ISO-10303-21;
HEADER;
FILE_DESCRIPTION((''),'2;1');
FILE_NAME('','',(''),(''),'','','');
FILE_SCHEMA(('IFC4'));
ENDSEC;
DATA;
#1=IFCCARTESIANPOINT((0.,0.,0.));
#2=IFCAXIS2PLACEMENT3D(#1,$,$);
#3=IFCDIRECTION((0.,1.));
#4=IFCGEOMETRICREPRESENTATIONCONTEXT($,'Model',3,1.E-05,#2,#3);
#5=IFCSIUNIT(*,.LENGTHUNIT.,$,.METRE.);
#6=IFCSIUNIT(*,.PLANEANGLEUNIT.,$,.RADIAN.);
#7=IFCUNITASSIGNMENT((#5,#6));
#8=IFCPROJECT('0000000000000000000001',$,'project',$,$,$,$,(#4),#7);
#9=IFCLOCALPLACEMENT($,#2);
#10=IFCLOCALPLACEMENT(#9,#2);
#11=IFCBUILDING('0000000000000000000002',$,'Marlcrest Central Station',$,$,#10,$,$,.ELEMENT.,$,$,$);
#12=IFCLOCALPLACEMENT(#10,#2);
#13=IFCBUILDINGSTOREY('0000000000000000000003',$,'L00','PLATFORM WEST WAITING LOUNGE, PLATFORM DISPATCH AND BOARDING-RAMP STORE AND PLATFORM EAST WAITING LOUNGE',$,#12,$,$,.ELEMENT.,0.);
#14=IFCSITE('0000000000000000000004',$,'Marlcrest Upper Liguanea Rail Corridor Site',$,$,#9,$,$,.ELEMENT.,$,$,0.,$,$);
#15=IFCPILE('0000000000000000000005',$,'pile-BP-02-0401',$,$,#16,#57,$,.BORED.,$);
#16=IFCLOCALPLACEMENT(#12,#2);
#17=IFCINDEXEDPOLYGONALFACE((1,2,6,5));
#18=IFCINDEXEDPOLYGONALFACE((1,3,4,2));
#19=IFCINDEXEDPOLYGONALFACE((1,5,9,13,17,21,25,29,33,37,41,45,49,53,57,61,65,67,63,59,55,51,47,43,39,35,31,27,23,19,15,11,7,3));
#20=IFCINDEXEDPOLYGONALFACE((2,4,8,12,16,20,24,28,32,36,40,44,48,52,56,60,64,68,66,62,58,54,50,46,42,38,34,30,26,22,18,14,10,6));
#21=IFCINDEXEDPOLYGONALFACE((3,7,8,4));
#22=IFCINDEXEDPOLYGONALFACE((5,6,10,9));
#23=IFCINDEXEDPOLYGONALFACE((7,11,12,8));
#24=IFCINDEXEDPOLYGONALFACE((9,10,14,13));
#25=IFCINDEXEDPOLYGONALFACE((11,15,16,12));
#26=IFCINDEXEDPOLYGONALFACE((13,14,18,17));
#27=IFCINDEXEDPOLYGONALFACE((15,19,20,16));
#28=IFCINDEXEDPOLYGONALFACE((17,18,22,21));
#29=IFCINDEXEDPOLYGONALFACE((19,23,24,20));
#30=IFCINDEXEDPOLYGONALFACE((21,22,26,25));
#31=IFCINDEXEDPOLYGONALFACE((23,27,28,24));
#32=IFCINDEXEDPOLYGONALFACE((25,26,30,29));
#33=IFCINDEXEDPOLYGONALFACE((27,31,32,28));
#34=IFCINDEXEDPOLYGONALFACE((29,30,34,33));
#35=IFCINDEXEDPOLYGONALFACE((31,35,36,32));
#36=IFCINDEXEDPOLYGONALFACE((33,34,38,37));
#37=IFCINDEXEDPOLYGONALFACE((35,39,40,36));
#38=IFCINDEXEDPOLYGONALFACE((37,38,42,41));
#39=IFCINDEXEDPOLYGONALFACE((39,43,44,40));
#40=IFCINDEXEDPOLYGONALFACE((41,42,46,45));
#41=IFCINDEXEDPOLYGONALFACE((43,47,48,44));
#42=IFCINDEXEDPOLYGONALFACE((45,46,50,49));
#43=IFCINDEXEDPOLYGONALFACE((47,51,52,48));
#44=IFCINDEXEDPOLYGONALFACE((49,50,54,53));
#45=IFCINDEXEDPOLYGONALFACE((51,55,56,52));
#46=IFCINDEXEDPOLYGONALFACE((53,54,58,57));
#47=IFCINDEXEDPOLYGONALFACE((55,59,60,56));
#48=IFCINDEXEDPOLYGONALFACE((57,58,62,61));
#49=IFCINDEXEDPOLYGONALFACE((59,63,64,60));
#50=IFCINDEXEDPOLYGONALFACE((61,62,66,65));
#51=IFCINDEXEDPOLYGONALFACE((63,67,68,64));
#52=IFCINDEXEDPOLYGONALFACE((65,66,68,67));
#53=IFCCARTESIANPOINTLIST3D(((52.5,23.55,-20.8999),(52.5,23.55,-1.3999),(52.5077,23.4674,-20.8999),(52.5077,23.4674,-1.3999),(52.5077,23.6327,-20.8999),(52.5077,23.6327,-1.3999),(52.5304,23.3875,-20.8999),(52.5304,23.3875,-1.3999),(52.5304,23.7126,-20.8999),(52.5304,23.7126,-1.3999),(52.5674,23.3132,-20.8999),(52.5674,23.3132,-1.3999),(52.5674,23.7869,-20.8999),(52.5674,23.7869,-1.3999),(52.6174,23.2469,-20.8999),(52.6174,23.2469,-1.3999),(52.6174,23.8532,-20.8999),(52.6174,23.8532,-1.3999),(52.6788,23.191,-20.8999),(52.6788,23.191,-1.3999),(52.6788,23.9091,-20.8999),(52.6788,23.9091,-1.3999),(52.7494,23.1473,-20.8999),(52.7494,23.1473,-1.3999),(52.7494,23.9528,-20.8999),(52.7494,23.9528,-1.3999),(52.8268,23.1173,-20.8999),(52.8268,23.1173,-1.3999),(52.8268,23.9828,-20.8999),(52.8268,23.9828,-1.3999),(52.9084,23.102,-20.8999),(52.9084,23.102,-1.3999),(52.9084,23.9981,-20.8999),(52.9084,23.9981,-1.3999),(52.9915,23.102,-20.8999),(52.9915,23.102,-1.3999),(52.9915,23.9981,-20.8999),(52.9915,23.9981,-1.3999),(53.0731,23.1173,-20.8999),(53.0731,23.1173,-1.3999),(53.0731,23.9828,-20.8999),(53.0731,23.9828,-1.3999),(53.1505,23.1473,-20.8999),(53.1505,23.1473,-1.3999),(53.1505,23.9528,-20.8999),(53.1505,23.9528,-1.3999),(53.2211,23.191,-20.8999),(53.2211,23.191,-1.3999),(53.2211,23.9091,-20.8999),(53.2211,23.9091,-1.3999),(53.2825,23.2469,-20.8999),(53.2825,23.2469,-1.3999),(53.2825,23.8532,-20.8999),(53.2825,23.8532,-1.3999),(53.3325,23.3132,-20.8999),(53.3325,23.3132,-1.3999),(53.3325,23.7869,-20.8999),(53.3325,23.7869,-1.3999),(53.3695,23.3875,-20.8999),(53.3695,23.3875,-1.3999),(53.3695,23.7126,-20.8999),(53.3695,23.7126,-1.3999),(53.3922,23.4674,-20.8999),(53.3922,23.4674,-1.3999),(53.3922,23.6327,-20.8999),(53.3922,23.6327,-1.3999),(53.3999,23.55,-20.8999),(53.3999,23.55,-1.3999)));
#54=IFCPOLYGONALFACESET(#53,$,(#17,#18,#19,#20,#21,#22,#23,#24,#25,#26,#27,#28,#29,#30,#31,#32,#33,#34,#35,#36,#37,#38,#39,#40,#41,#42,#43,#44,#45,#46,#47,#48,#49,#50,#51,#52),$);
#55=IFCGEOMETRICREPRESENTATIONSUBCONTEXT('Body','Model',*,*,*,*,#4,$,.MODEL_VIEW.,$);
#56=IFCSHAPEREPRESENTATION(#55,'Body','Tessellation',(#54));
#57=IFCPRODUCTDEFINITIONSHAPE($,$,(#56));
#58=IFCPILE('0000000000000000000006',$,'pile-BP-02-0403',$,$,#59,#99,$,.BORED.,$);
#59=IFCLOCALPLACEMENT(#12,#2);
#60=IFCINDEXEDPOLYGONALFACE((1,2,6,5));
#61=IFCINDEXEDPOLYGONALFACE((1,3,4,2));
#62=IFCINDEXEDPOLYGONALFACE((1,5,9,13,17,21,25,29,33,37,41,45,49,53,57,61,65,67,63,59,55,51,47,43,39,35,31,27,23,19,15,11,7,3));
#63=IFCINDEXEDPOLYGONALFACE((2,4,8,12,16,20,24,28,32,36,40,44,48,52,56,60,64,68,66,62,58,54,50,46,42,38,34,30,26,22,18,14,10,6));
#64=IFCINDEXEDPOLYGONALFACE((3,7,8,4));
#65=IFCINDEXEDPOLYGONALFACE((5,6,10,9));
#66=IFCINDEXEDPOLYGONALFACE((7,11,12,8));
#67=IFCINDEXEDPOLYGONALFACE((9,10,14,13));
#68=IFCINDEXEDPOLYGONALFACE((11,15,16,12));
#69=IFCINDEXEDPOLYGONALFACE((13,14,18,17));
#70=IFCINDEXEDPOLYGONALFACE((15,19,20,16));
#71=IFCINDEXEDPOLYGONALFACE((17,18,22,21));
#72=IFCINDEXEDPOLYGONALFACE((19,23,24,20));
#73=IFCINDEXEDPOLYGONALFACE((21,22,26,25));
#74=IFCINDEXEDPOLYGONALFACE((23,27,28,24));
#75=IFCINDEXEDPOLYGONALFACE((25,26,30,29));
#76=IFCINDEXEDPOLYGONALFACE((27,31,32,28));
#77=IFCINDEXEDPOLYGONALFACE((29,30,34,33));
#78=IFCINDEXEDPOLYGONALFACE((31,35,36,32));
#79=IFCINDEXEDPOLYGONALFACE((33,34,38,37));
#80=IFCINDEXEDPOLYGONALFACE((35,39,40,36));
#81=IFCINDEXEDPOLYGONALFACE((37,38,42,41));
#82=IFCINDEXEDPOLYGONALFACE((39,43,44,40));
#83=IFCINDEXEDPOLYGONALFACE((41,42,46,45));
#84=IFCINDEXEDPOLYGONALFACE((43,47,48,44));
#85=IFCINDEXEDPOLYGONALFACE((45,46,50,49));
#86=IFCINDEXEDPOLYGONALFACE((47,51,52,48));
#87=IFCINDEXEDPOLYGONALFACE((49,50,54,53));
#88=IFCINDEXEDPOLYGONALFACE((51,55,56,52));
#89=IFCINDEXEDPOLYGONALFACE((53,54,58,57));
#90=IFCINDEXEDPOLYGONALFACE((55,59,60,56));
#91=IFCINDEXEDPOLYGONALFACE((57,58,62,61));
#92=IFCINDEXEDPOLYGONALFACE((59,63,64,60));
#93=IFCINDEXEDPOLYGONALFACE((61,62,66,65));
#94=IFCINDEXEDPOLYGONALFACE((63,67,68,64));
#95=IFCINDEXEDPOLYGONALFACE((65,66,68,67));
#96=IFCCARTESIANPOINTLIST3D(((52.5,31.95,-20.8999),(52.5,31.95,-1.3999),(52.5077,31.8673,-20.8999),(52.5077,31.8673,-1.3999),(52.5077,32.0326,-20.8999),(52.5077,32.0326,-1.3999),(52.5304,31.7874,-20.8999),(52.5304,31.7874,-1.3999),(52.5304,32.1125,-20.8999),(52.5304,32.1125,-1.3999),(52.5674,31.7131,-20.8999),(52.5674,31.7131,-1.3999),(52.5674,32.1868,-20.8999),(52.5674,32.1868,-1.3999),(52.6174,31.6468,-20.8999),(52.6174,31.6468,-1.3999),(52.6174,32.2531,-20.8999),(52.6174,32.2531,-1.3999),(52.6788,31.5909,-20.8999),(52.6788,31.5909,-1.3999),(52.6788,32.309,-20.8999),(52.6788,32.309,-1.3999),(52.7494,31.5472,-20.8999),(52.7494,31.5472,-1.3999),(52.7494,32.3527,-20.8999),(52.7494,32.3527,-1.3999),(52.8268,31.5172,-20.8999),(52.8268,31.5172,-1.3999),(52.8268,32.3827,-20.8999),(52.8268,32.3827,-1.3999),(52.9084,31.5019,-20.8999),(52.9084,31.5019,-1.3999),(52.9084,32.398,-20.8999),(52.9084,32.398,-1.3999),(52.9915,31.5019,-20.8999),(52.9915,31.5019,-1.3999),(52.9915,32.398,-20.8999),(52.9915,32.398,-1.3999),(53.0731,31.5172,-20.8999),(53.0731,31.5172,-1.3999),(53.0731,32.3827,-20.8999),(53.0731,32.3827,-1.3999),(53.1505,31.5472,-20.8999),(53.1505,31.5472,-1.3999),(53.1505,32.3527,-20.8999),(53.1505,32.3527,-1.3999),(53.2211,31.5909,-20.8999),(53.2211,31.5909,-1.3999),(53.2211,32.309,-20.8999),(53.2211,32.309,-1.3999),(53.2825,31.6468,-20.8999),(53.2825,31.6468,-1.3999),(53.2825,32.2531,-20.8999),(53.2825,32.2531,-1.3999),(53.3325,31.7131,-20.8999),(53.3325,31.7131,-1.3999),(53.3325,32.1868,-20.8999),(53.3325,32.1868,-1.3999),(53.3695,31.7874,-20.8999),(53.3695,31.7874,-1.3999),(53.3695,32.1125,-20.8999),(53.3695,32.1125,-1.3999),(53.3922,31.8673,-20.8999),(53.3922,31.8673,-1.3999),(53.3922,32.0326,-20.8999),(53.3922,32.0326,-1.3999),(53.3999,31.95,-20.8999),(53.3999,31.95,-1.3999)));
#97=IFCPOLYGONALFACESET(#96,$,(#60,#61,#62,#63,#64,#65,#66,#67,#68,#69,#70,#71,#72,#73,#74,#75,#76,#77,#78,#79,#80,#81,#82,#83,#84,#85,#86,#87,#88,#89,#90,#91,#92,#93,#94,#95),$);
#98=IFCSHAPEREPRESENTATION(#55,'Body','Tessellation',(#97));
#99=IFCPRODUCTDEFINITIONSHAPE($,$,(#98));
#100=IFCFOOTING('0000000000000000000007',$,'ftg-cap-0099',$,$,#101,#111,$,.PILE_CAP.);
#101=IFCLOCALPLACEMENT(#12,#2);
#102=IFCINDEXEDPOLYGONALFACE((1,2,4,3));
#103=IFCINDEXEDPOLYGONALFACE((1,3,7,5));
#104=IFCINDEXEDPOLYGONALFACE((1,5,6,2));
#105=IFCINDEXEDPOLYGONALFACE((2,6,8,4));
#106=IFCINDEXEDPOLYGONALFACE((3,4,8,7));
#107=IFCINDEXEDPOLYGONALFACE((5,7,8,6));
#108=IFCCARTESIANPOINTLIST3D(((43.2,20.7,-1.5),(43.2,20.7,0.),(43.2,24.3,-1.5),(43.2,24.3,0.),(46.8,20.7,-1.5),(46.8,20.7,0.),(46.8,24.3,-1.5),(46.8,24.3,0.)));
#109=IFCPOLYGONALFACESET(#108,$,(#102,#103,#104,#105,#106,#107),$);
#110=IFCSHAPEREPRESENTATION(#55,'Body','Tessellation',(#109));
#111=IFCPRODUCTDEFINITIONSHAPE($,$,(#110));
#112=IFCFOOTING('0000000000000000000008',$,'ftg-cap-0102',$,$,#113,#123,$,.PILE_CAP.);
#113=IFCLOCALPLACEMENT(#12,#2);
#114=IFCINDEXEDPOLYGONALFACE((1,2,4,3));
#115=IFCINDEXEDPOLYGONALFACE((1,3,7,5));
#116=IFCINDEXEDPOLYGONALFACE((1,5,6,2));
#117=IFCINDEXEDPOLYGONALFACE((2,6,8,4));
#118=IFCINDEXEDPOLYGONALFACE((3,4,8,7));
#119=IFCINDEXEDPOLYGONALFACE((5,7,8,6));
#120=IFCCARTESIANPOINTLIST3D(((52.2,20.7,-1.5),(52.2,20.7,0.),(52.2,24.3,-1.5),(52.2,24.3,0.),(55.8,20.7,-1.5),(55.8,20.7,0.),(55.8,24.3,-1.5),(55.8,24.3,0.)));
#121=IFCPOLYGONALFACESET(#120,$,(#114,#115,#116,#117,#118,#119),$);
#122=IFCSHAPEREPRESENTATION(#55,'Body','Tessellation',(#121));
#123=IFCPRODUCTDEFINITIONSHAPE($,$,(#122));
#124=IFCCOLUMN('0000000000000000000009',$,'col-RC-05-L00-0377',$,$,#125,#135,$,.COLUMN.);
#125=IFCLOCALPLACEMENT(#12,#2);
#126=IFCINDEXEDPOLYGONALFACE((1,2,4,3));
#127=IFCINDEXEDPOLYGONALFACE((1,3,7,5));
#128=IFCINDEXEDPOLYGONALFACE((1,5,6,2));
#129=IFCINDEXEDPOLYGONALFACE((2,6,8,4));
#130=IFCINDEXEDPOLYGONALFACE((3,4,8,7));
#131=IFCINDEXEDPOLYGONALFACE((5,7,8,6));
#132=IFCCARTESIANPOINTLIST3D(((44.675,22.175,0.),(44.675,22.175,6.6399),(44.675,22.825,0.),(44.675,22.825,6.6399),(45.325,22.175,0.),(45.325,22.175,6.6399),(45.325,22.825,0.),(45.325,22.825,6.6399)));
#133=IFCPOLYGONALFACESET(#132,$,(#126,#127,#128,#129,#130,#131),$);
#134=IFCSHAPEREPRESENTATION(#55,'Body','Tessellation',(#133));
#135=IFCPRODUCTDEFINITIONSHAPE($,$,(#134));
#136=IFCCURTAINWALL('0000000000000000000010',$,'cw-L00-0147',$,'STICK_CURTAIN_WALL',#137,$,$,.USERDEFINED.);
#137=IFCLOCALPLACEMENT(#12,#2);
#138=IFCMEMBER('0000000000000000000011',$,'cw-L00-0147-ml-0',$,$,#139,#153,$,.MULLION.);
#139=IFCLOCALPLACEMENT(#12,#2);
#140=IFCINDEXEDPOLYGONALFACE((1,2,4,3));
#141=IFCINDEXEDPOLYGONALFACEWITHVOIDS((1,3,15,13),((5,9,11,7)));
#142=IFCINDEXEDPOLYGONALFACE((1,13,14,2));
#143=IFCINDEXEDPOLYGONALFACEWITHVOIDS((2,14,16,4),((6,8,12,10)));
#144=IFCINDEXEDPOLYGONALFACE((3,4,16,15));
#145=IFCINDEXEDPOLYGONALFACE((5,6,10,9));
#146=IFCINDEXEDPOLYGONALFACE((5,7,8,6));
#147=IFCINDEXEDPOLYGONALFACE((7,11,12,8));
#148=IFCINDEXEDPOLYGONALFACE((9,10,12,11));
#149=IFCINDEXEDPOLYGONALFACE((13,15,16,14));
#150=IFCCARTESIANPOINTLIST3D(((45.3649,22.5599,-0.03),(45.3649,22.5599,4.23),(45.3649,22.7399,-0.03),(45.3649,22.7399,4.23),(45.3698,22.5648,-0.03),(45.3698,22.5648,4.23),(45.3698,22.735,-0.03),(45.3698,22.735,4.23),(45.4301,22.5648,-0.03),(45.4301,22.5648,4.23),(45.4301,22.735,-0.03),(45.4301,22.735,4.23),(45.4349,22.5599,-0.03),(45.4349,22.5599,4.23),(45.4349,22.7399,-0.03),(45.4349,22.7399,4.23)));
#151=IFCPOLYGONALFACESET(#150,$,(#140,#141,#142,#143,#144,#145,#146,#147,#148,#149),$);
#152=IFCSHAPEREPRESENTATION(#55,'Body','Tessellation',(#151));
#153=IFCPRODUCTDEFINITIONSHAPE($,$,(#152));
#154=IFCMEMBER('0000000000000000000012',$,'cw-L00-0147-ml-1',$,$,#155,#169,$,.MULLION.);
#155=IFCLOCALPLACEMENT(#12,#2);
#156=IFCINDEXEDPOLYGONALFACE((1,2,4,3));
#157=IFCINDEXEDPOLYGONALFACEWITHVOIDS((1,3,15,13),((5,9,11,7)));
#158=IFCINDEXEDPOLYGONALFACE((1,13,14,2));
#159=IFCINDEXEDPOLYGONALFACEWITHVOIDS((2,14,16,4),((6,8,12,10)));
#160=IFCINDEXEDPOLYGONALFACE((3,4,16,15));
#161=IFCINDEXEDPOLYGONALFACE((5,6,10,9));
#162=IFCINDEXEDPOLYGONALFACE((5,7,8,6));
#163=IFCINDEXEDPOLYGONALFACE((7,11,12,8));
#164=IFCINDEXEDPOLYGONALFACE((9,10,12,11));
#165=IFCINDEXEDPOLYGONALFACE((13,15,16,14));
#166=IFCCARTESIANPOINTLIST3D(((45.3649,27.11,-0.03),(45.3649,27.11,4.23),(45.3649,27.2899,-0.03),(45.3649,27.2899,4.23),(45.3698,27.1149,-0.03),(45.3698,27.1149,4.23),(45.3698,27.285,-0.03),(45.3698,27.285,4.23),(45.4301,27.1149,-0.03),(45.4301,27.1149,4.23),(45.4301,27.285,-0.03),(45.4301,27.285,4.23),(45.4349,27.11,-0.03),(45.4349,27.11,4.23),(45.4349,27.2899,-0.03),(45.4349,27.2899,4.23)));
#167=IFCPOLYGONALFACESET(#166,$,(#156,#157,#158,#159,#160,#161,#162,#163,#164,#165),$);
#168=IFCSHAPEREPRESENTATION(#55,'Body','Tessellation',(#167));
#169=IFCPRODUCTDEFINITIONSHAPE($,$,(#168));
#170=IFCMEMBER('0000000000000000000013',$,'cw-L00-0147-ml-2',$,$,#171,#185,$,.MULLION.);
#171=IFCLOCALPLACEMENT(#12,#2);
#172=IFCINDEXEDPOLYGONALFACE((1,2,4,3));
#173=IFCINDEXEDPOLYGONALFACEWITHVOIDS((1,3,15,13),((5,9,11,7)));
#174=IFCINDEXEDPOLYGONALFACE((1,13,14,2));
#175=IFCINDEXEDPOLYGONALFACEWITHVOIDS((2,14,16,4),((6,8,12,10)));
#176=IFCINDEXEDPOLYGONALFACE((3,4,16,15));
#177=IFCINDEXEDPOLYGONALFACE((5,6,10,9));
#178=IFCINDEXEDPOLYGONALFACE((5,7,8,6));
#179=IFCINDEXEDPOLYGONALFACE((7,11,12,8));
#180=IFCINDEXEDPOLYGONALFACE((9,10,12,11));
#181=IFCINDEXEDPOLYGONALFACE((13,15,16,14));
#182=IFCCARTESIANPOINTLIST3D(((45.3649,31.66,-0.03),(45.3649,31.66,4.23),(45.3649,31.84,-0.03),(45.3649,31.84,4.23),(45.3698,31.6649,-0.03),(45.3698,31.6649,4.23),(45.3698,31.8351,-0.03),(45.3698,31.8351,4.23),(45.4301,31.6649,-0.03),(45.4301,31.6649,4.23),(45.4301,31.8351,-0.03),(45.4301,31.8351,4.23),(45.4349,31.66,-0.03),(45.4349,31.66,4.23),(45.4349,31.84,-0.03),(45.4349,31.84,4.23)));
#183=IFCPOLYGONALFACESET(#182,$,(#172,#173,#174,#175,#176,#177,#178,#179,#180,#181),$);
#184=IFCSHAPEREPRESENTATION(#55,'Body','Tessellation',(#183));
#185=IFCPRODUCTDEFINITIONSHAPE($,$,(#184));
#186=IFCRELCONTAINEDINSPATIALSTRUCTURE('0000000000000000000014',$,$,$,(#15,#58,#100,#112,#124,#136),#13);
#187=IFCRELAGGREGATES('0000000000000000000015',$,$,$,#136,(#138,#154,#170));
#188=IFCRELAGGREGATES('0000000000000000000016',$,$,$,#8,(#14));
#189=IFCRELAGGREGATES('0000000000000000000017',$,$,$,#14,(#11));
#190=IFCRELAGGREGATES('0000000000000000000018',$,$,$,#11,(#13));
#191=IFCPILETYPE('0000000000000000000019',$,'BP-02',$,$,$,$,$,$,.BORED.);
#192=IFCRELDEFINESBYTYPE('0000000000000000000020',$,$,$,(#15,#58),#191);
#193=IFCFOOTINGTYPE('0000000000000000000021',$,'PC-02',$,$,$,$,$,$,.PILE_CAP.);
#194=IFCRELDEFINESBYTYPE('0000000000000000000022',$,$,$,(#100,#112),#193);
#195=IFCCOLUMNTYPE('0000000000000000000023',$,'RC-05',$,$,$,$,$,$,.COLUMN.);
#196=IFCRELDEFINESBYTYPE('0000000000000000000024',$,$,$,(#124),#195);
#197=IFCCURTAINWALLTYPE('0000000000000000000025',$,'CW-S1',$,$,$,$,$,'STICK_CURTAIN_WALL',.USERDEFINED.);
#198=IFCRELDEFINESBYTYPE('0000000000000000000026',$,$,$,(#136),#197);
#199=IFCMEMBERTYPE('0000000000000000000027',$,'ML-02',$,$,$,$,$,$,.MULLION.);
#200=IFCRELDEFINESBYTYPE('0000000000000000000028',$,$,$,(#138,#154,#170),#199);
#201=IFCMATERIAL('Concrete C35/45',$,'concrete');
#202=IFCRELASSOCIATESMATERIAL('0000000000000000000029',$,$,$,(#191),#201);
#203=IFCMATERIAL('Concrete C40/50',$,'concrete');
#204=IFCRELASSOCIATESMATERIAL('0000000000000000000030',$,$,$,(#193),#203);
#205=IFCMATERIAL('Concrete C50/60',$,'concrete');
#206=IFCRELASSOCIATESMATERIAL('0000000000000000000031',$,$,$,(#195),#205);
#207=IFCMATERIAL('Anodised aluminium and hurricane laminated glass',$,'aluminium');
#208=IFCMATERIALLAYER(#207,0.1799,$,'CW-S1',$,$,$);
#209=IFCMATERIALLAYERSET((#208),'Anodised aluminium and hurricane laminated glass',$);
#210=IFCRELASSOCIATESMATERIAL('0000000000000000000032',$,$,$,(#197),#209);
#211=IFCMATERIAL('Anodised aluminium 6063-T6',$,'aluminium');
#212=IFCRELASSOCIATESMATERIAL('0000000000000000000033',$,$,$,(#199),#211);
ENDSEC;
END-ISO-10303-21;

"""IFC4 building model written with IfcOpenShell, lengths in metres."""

from ifc_helpers import new_model, si_unit, direction, frame, origin, origin_2d, place, context, subcontext, project, spatial, rectangle, hollow_rectangle, circle, extrude, material, layer, layer_set, material_profile, profile_set, type_object, element, aggregate, save


model = new_model("IFC4")

# Units and contexts
model_context = context("Model", 3, precision=1e-05, world=origin(), true_north=direction((0.0, 1.0)))
body_context = subcontext(model_context, "Body", "Model", "MODEL_VIEW")
ifc_project = project(units=[si_unit("LENGTHUNIT", "METRE"), si_unit("PLANEANGLEUNIT", "RADIAN")], contexts=[model_context])

# Site, building, storey
site_placement = place(None, origin())
site = spatial("IfcSite", under=ifc_project, at=site_placement, Name="Marlcrest Upper Liguanea Rail Corridor Site", CompositionType="ELEMENT", RefElevation=0.0)
building_placement = place(site_placement, origin())
building = spatial("IfcBuilding", under=site, at=building_placement, Name="Marlcrest Central Station", CompositionType="ELEMENT")
storey_placement = place(building_placement, origin())
storey = spatial("IfcBuildingStorey", under=building, at=storey_placement, Name="L00", Description="PLATFORM WEST WAITING LOUNGE, PLATFORM DISPATCH AND BOARDING-RAMP STORE AND PLATFORM EAST WAITING LOUNGE", CompositionType="ELEMENT", Elevation=0.0)

# Piles
ifc_material_1 = material(Name="Concrete C35/45", Category="concrete")
ifc_material_profile_1 = material_profile(ifc_material_1, circle(Radius=0.45, at=origin_2d()), Name="PILE D900")
ifc_profile_set_1 = profile_set([ifc_material_profile_1], Name="Concrete C35/45")
pile_type = type_object("IfcPileType", Name="BP-02", PredefinedType="BORED", material=ifc_profile_set_1)
for number, where, z_axis, x_axis, name in (
    (1, (52.95, 23.55, -1.3999), (0.0, 0.0, -1.0), (1.0, 0.0, 0.0), "pile-BP-02-0401"),
    (2, (52.95, 31.95, -1.3999), (0.0, 0.0, -1.0), (1.0, 0.0, 0.0), "pile-BP-02-0403"),
):
    element("IfcPile", number, at=place(storey_placement, frame(where, z_axis=z_axis, x_axis=x_axis)), inside=storey, type_object=pile_type, Name=name, PredefinedType="BORED", context=body_context, shape_type="SweptSolid", body=[
        extrude(circle(Radius=0.45, at=origin_2d()), origin(), (0.0, 0.0, 1.0), 19.5),
    ])

# Footings
ifc_material_2 = material(Name="Concrete C40/50", Category="concrete")
footing_type = type_object("IfcFootingType", Name="PC-02", PredefinedType="PILE_CAP", material=ifc_material_2)
for number, where, z_axis, x_axis, name in (
    (3, (45.0, 22.5, -1.5), (0.0, 0.0, 1.0), (1.0, 0.0, 0.0), "ftg-cap-0099"),
    (4, (54.0, 22.5, -1.5), (0.0, 0.0, 1.0), (1.0, 0.0, 0.0), "ftg-cap-0102"),
):
    element("IfcFooting", number, at=place(storey_placement, frame(where, z_axis=z_axis, x_axis=x_axis)), inside=storey, type_object=footing_type, Name=name, PredefinedType="PILE_CAP", context=body_context, shape_type="SweptSolid", body=[
        extrude(rectangle(XDim=3.6001, YDim=3.6001, at=origin_2d()), origin(), (0.0, 0.0, 1.0), 1.5),
    ])

# Column
ifc_material_3 = material(Name="Concrete C50/60", Category="concrete")
ifc_material_profile_2 = material_profile(ifc_material_3, rectangle(XDim=0.6499, YDim=0.6499, at=origin_2d()), Name="RC 650x650")
ifc_profile_set_2 = profile_set([ifc_material_profile_2], Name="Concrete C50/60")
column_type = type_object("IfcColumnType", Name="RC-05", PredefinedType="COLUMN", material=ifc_profile_set_2)
column_placement = place(storey_placement, frame((45.0, 22.5, 0.0), z_axis=(0.0, 0.0, 1.0), x_axis=(1.0, 0.0, 0.0)))
element("IfcColumn", 5, at=column_placement, inside=storey, type_object=column_type, Name="col-RC-05-L00-0377", PredefinedType="COLUMN", context=body_context, shape_type="SweptSolid", body=[
    extrude(rectangle(XDim=0.6499, YDim=0.6499, at=origin_2d()), origin(), (0.0, 0.0, 1.0), 6.6399),
])

# Curtain wall, members
ifc_material_4 = material(Name="Anodised aluminium and hurricane laminated glass", Category="aluminium")
ifc_layer_1 = layer(ifc_material_4, 0.1799, Name="CW-S1")
ifc_layer_set_1 = layer_set([ifc_layer_1], Name="Anodised aluminium and hurricane laminated glass")
curtain_wall_type = type_object("IfcCurtainWallType", Name="CW-S1", ElementType="STICK_CURTAIN_WALL", PredefinedType="USERDEFINED", material=ifc_layer_set_1)
curtain_wall_placement = place(storey_placement, origin())
curtain_wall = element("IfcCurtainWall", 6, at=curtain_wall_placement, inside=storey, type_object=curtain_wall_type, Name="cw-L00-0147", ObjectType="STICK_CURTAIN_WALL", PredefinedType="USERDEFINED")
ifc_material_5 = material(Name="Anodised aluminium 6063-T6", Category="aluminium")
ifc_material_profile_3 = material_profile(ifc_material_5, hollow_rectangle(XDim=0.0701, YDim=0.1799, WallThickness=0.0049, at=origin_2d()), Name="AA-RHS 180x70x5")
ifc_profile_set_3 = profile_set([ifc_material_profile_3], Name="Anodised aluminium 6063-T6")
member_type_1 = type_object("IfcMemberType", Name="ML-02", PredefinedType="MULLION", material=ifc_profile_set_3)
member_1_placement = place(storey_placement, frame((45.3999, 22.6499, -0.03), z_axis=(0.0, 0.0, 1.0), x_axis=(1.0, 0.0, 0.0)))
member_1 = element("IfcMember", 7, at=member_1_placement, type_object=member_type_1, Name="cw-L00-0147-ml-0", PredefinedType="MULLION", context=body_context, shape_type="SweptSolid", body=[
    extrude(hollow_rectangle(XDim=0.0701, YDim=0.1799, WallThickness=0.0049, at=origin_2d()), origin(), (0.0, 0.0, 1.0), 4.26),
])
member_2_placement = place(storey_placement, frame((45.3999, 27.2, -0.03), z_axis=(0.0, 0.0, 1.0), x_axis=(1.0, 0.0, 0.0)))
member_2 = element("IfcMember", 8, at=member_2_placement, type_object=member_type_1, Name="cw-L00-0147-ml-1", PredefinedType="MULLION", context=body_context, shape_type="SweptSolid", body=[
    extrude(hollow_rectangle(XDim=0.0701, YDim=0.1799, WallThickness=0.0049, at=origin_2d()), origin(), (0.0, 0.0, 1.0), 4.26),
])
member_3_placement = place(storey_placement, frame((45.3999, 31.75, -0.03), z_axis=(0.0, 0.0, 1.0), x_axis=(1.0, 0.0, 0.0)))
member_3 = element("IfcMember", 9, at=member_3_placement, type_object=member_type_1, Name="cw-L00-0147-ml-2", PredefinedType="MULLION", context=body_context, shape_type="SweptSolid", body=[
    extrude(hollow_rectangle(XDim=0.0701, YDim=0.1799, WallThickness=0.0049, at=origin_2d()), origin(), (0.0, 0.0, 1.0), 4.26),
])

aggregate(curtain_wall, [member_1, member_2, member_3])

save(model, "model.ifc")
